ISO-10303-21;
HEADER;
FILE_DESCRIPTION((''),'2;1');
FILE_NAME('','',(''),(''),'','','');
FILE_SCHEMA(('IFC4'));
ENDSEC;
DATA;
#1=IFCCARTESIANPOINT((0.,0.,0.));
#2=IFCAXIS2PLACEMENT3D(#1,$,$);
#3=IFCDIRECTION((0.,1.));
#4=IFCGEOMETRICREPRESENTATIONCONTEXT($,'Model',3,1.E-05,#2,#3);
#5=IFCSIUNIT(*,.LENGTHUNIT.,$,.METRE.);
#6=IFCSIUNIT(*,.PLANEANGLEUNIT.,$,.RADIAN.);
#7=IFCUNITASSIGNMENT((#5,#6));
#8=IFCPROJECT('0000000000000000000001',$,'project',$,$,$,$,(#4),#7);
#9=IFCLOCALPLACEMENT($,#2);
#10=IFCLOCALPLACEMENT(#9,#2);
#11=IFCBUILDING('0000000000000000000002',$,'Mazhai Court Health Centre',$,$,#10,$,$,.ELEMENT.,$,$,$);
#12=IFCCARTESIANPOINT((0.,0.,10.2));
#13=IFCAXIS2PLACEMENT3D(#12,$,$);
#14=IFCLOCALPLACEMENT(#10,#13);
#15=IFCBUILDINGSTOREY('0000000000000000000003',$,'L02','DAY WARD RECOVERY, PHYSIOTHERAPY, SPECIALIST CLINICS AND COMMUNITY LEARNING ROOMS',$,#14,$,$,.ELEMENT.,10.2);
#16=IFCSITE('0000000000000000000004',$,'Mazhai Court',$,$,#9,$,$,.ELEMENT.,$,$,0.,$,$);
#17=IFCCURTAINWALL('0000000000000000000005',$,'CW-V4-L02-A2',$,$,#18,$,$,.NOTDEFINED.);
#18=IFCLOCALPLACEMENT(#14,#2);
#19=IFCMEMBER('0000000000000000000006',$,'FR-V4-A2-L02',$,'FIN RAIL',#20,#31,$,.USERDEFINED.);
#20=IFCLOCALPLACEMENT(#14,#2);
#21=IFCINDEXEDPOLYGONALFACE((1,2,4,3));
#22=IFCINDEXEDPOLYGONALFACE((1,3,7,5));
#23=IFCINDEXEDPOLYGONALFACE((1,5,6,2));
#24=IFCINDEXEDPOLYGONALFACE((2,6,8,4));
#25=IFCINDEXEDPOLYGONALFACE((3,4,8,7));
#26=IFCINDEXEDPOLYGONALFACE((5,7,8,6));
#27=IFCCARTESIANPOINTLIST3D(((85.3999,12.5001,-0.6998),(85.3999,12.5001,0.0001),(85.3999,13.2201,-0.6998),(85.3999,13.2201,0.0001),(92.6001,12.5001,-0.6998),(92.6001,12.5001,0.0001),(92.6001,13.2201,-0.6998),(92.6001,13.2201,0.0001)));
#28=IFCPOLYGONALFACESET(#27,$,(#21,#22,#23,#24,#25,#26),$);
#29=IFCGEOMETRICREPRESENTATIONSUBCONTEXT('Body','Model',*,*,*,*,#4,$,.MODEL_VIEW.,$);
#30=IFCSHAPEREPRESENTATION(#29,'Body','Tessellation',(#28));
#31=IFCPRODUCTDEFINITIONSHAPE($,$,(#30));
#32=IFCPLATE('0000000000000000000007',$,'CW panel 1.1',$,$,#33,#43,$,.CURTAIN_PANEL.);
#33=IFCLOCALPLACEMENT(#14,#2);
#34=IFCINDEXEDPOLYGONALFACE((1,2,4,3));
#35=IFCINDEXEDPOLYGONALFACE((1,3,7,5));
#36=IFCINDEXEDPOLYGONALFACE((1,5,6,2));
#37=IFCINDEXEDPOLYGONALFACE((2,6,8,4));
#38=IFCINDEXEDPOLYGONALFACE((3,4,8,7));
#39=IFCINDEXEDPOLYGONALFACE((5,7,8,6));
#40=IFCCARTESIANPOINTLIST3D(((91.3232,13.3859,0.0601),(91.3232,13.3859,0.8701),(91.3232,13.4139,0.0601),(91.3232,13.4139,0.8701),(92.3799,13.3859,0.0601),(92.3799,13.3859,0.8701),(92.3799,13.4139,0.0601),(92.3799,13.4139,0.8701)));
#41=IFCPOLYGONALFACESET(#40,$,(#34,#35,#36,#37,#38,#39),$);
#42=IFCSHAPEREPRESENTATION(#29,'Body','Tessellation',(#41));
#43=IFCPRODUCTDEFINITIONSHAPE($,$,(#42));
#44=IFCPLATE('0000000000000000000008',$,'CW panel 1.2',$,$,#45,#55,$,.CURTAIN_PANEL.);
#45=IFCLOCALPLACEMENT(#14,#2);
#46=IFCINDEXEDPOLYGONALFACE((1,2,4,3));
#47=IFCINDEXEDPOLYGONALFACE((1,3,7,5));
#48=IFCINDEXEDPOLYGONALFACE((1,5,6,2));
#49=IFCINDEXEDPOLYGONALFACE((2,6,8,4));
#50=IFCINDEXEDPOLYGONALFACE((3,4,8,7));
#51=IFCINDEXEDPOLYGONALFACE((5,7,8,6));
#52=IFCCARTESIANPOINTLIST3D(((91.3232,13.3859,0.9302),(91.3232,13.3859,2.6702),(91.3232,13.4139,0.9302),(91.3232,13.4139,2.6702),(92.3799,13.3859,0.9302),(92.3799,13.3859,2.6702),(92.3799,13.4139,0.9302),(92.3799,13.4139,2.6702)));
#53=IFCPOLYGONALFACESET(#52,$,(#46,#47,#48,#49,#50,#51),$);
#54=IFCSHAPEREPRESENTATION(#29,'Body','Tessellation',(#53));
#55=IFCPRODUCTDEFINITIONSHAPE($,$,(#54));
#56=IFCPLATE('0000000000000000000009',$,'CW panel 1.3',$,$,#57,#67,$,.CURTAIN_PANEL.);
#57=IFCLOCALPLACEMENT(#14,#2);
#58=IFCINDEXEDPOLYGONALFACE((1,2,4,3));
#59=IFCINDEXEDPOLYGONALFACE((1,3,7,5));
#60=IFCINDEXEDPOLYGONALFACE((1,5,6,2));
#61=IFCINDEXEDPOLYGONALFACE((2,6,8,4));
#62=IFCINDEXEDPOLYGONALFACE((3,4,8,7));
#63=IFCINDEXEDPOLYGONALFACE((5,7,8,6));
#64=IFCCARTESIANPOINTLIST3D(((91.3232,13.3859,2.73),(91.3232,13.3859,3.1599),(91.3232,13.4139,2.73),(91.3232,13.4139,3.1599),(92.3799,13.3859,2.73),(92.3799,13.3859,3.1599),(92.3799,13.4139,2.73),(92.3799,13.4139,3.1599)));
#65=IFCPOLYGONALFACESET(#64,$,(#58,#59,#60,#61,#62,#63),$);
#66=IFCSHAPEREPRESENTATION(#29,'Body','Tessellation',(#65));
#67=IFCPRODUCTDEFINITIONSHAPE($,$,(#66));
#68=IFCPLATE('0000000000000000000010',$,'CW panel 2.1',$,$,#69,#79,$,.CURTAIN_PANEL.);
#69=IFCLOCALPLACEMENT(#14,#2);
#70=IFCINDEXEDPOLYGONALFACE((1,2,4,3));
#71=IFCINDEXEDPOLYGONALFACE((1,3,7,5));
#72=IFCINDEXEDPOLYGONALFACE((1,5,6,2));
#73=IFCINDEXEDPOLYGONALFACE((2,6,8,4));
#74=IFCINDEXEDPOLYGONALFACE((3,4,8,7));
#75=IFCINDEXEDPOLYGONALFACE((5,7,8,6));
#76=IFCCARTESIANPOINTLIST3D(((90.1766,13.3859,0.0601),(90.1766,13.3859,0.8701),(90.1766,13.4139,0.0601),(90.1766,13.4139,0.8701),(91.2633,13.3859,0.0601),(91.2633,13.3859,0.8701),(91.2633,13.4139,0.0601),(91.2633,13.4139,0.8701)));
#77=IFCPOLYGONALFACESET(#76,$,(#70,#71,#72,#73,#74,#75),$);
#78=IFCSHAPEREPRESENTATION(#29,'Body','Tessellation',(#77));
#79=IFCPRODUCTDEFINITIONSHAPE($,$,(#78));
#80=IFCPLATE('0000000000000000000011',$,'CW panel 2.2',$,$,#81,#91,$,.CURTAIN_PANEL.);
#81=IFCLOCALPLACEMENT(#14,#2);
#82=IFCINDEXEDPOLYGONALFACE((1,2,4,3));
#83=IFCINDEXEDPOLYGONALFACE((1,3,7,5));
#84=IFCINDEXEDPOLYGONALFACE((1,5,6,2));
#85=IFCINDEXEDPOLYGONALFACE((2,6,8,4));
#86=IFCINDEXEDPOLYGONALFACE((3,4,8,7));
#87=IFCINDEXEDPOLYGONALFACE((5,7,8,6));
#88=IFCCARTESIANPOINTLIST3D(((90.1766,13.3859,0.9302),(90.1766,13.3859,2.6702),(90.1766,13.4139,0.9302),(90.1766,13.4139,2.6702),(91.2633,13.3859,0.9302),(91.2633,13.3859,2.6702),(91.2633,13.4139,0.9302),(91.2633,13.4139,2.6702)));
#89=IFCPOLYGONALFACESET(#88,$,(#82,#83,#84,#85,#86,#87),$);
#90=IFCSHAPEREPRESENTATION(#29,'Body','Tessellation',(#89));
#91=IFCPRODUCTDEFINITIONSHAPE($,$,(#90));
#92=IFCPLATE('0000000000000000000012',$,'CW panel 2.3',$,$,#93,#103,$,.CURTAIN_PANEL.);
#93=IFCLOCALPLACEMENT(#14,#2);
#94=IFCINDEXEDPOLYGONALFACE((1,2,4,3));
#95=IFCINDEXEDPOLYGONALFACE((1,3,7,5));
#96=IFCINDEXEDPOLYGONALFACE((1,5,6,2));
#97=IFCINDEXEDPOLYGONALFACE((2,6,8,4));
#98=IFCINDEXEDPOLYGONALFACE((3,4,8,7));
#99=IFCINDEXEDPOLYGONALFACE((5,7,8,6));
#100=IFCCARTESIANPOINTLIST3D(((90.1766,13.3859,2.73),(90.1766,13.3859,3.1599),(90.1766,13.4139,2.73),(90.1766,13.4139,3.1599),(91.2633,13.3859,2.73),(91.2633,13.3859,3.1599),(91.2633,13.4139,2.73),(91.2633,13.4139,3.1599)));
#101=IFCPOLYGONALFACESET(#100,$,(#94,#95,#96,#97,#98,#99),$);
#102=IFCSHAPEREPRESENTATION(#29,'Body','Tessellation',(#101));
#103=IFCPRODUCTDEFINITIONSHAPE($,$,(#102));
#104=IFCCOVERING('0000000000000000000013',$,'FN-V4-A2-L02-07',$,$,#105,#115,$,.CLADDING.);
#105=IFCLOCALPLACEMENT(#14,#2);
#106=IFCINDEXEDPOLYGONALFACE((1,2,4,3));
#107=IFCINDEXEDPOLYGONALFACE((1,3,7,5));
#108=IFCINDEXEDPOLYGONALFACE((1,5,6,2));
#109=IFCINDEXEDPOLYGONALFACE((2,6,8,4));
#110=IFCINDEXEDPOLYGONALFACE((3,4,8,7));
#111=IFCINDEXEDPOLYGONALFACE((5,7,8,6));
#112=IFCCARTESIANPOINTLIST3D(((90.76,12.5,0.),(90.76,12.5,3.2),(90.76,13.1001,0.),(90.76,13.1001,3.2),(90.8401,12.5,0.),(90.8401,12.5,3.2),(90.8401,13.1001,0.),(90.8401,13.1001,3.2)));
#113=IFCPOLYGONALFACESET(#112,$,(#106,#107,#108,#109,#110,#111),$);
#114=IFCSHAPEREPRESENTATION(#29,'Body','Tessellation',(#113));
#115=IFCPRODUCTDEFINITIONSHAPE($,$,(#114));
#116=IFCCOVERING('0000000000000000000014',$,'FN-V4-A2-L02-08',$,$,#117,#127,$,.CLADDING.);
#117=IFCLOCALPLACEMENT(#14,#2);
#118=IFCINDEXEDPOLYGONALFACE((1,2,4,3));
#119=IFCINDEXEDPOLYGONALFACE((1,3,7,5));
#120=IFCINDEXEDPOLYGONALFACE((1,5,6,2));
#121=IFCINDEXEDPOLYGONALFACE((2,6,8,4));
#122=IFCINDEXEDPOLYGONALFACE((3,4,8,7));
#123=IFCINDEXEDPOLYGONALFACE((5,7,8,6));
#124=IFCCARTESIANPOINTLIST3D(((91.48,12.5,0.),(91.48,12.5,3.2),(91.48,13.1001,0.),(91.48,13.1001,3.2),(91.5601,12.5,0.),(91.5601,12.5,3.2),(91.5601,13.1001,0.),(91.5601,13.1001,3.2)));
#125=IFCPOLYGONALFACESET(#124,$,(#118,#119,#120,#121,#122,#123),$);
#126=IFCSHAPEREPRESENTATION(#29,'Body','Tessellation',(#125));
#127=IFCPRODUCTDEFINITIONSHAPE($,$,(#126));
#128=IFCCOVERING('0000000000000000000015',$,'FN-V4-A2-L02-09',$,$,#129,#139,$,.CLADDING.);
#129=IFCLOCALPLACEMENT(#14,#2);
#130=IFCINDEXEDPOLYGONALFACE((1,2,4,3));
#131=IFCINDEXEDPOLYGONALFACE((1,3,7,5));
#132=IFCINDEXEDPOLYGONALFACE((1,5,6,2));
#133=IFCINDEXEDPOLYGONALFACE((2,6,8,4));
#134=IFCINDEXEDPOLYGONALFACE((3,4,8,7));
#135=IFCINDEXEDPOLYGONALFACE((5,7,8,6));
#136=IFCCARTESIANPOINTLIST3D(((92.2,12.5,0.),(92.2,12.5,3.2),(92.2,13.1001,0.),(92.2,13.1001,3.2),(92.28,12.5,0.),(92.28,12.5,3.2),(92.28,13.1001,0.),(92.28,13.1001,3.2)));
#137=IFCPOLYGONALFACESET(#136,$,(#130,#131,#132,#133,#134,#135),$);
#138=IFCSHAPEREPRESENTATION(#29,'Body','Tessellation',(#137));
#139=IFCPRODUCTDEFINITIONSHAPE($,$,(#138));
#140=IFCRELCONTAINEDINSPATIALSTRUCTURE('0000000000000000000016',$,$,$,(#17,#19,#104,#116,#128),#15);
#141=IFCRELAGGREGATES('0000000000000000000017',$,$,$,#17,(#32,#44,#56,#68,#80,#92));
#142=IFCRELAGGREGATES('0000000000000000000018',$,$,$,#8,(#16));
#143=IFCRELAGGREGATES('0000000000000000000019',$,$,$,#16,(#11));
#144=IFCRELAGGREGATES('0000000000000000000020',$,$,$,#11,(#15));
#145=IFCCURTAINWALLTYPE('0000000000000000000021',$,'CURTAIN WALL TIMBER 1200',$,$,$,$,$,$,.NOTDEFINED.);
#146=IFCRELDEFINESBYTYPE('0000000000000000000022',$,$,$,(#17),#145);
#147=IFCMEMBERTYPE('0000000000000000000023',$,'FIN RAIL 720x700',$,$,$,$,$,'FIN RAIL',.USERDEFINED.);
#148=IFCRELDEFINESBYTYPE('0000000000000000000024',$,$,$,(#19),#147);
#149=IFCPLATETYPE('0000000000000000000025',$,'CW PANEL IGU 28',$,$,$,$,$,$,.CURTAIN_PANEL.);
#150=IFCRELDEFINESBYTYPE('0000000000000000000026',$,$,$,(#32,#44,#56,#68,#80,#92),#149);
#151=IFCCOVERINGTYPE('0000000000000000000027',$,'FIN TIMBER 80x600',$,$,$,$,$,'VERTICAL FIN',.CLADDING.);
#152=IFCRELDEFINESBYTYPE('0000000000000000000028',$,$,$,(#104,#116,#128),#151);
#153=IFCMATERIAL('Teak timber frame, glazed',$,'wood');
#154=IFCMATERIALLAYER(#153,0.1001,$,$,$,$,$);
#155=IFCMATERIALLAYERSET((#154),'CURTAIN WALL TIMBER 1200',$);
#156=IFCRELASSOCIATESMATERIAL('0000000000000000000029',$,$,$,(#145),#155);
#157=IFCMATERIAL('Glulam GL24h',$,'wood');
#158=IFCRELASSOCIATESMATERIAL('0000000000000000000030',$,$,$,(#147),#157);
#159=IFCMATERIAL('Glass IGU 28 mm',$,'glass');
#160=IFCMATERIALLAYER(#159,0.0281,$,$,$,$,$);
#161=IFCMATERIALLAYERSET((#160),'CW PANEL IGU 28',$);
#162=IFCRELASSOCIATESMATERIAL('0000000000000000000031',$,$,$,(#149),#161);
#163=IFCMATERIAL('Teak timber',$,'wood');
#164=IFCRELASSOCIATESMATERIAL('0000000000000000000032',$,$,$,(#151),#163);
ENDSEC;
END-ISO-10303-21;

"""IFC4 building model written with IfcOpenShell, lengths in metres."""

from ifc_helpers import new_model, si_unit, direction, frame, origin, origin_2d, place, context, subcontext, project, spatial, rectangle, extrude, material, layer, layer_set, material_profile, profile_set, type_object, element, aggregate, save


model = new_model("IFC4")

# Units and contexts
model_context = context("Model", 3, precision=1e-05, world=origin(), true_north=direction((0.0, 1.0)))
body_context = subcontext(model_context, "Body", "Model", "MODEL_VIEW")
ifc_project = project(units=[si_unit("LENGTHUNIT", "METRE"), si_unit("PLANEANGLEUNIT", "RADIAN")], contexts=[model_context])

# Site, building, storey
site_placement = place(None, origin())
site = spatial("IfcSite", under=ifc_project, at=site_placement, Name="Mazhai Court", CompositionType="ELEMENT", RefElevation=0.0)
building_placement = place(site_placement, origin())
building = spatial("IfcBuilding", under=site, at=building_placement, Name="Mazhai Court Health Centre", CompositionType="ELEMENT")
storey_placement = place(building_placement, frame((0.0, 0.0, 10.2)))
storey = spatial("IfcBuildingStorey", under=building, at=storey_placement, Name="L02", Description="DAY WARD RECOVERY, PHYSIOTHERAPY, SPECIALIST CLINICS AND COMMUNITY LEARNING ROOMS", CompositionType="ELEMENT", Elevation=10.2)

# Curtain wall
ifc_material_1 = material(Name="Teak timber frame, glazed", Category="wood")
ifc_layer_1 = layer(ifc_material_1, 0.1001)
ifc_layer_set_1 = layer_set([ifc_layer_1], Name="CURTAIN WALL TIMBER 1200")
curtain_wall_type = type_object("IfcCurtainWallType", Name="CURTAIN WALL TIMBER 1200", PredefinedType="NOTDEFINED", material=ifc_layer_set_1)
curtain_wall_placement = place(storey_placement, origin())
curtain_wall = element("IfcCurtainWall", 1, at=curtain_wall_placement, inside=storey, type_object=curtain_wall_type, Name="CW-V4-L02-A2", PredefinedType="NOTDEFINED")

# Member
ifc_material_2 = material(Name="Glulam GL24h", Category="wood")
ifc_material_profile_1 = material_profile(ifc_material_2, rectangle(XDim=0.72, YDim=0.7, at=origin_2d()), Name="FIN RAIL 720x700")
ifc_profile_set_1 = profile_set([ifc_material_profile_1], Name="Glulam GL24h")
member_type_1 = type_object("IfcMemberType", Name="FIN RAIL 720x700", ElementType="FIN RAIL", PredefinedType="USERDEFINED", material=ifc_profile_set_1)
member_1_placement = place(storey_placement, frame((92.6001, 12.8601, -0.3499), z_axis=(-1.0, 0.0, 0.0), x_axis=(0.0, -1.0, 0.0)))
element("IfcMember", 2, at=member_1_placement, inside=storey, type_object=member_type_1, Name="FR-V4-A2-L02", ObjectType="FIN RAIL", PredefinedType="USERDEFINED", context=body_context, shape_type="SweptSolid", body=[
    extrude(rectangle(XDim=0.72, YDim=0.7, at=origin_2d()), origin(), (0.0, 0.0, 1.0), 7.2002),
])

# Plates
ifc_material_3 = material(Name="Glass IGU 28 mm", Category="glass")
ifc_layer_2 = layer(ifc_material_3, 0.0281)
ifc_layer_set_2 = layer_set([ifc_layer_2], Name="CW PANEL IGU 28")
plate_type = type_object("IfcPlateType", Name="CW PANEL IGU 28", PredefinedType="CURTAIN_PANEL", material=ifc_layer_set_2)
plate_1_placement = place(storey_placement, frame((91.8516, 13.3999, 0.0601), z_axis=(0.0, 0.0, 1.0), x_axis=(-1.0, 0.0, 0.0)))
plate_1 = element("IfcPlate", 3, at=plate_1_placement, type_object=plate_type, Name="CW panel 1.1", PredefinedType="CURTAIN_PANEL", context=body_context, shape_type="SweptSolid", body=[
    extrude(rectangle(XDim=1.0566, YDim=0.0281, at=origin_2d()), origin(), (0.0, 0.0, 1.0), 0.8101),
])
plate_2_placement = place(storey_placement, frame((91.8516, 13.3999, 0.9302), z_axis=(0.0, 0.0, 1.0), x_axis=(-1.0, 0.0, 0.0)))
plate_2 = element("IfcPlate", 4, at=plate_2_placement, type_object=plate_type, Name="CW panel 1.2", PredefinedType="CURTAIN_PANEL", context=body_context, shape_type="SweptSolid", body=[
    extrude(rectangle(XDim=1.0566, YDim=0.0281, at=origin_2d()), origin(), (0.0, 0.0, 1.0), 1.74),
])
plate_3_placement = place(storey_placement, frame((91.8516, 13.3999, 2.73), z_axis=(0.0, 0.0, 1.0), x_axis=(-1.0, 0.0, 0.0)))
plate_3 = element("IfcPlate", 5, at=plate_3_placement, type_object=plate_type, Name="CW panel 1.3", PredefinedType="CURTAIN_PANEL", context=body_context, shape_type="SweptSolid", body=[
    extrude(rectangle(XDim=1.0566, YDim=0.0281, at=origin_2d()), origin(), (0.0, 0.0, 1.0), 0.4299),
])
plate_4_placement = place(storey_placement, frame((90.72, 13.3999, 0.0601), z_axis=(0.0, 0.0, 1.0), x_axis=(-1.0, 0.0, 0.0)))
plate_4 = element("IfcPlate", 6, at=plate_4_placement, type_object=plate_type, Name="CW panel 2.1", PredefinedType="CURTAIN_PANEL", context=body_context, shape_type="SweptSolid", body=[
    extrude(rectangle(XDim=1.0867, YDim=0.0281, at=origin_2d()), origin(), (0.0, 0.0, 1.0), 0.8101),
])
plate_5_placement = place(storey_placement, frame((90.72, 13.3999, 0.9302), z_axis=(0.0, 0.0, 1.0), x_axis=(-1.0, 0.0, 0.0)))
plate_5 = element("IfcPlate", 7, at=plate_5_placement, type_object=plate_type, Name="CW panel 2.2", PredefinedType="CURTAIN_PANEL", context=body_context, shape_type="SweptSolid", body=[
    extrude(rectangle(XDim=1.0867, YDim=0.0281, at=origin_2d()), origin(), (0.0, 0.0, 1.0), 1.74),
])
plate_6_placement = place(storey_placement, frame((90.72, 13.3999, 2.73), z_axis=(0.0, 0.0, 1.0), x_axis=(-1.0, 0.0, 0.0)))
plate_6 = element("IfcPlate", 8, at=plate_6_placement, type_object=plate_type, Name="CW panel 2.3", PredefinedType="CURTAIN_PANEL", context=body_context, shape_type="SweptSolid", body=[
    extrude(rectangle(XDim=1.0867, YDim=0.0281, at=origin_2d()), origin(), (0.0, 0.0, 1.0), 0.4299),
])
aggregate(curtain_wall, [plate_1, plate_2, plate_3, plate_4, plate_5, plate_6])

# Coverings
ifc_material_4 = material(Name="Teak timber", Category="wood")
covering_type = type_object("IfcCoveringType", Name="FIN TIMBER 80x600", ElementType="VERTICAL FIN", PredefinedType="CLADDING", material=ifc_material_4)
for number, where, z_axis, x_axis, name in (
    (9, (90.8, 12.8, 0.0), (0.0, 0.0, 1.0), (1.0, 0.0, 0.0), "FN-V4-A2-L02-07"),
    (10, (91.52, 12.8, 0.0), (0.0, 0.0, 1.0), (1.0, 0.0, 0.0), "FN-V4-A2-L02-08"),
    (11, (92.24, 12.8, 0.0), (0.0, 0.0, 1.0), (1.0, 0.0, 0.0), "FN-V4-A2-L02-09"),
):
    element("IfcCovering", number, at=place(storey_placement, frame(where, z_axis=z_axis, x_axis=x_axis)), inside=storey, type_object=covering_type, Name=name, PredefinedType="CLADDING", context=body_context, shape_type="SweptSolid", body=[
        extrude(rectangle(XDim=0.0801, YDim=0.6001, at=origin_2d()), origin(), (0.0, 0.0, 1.0), 3.2),
    ])

save(model, "model.ifc")
